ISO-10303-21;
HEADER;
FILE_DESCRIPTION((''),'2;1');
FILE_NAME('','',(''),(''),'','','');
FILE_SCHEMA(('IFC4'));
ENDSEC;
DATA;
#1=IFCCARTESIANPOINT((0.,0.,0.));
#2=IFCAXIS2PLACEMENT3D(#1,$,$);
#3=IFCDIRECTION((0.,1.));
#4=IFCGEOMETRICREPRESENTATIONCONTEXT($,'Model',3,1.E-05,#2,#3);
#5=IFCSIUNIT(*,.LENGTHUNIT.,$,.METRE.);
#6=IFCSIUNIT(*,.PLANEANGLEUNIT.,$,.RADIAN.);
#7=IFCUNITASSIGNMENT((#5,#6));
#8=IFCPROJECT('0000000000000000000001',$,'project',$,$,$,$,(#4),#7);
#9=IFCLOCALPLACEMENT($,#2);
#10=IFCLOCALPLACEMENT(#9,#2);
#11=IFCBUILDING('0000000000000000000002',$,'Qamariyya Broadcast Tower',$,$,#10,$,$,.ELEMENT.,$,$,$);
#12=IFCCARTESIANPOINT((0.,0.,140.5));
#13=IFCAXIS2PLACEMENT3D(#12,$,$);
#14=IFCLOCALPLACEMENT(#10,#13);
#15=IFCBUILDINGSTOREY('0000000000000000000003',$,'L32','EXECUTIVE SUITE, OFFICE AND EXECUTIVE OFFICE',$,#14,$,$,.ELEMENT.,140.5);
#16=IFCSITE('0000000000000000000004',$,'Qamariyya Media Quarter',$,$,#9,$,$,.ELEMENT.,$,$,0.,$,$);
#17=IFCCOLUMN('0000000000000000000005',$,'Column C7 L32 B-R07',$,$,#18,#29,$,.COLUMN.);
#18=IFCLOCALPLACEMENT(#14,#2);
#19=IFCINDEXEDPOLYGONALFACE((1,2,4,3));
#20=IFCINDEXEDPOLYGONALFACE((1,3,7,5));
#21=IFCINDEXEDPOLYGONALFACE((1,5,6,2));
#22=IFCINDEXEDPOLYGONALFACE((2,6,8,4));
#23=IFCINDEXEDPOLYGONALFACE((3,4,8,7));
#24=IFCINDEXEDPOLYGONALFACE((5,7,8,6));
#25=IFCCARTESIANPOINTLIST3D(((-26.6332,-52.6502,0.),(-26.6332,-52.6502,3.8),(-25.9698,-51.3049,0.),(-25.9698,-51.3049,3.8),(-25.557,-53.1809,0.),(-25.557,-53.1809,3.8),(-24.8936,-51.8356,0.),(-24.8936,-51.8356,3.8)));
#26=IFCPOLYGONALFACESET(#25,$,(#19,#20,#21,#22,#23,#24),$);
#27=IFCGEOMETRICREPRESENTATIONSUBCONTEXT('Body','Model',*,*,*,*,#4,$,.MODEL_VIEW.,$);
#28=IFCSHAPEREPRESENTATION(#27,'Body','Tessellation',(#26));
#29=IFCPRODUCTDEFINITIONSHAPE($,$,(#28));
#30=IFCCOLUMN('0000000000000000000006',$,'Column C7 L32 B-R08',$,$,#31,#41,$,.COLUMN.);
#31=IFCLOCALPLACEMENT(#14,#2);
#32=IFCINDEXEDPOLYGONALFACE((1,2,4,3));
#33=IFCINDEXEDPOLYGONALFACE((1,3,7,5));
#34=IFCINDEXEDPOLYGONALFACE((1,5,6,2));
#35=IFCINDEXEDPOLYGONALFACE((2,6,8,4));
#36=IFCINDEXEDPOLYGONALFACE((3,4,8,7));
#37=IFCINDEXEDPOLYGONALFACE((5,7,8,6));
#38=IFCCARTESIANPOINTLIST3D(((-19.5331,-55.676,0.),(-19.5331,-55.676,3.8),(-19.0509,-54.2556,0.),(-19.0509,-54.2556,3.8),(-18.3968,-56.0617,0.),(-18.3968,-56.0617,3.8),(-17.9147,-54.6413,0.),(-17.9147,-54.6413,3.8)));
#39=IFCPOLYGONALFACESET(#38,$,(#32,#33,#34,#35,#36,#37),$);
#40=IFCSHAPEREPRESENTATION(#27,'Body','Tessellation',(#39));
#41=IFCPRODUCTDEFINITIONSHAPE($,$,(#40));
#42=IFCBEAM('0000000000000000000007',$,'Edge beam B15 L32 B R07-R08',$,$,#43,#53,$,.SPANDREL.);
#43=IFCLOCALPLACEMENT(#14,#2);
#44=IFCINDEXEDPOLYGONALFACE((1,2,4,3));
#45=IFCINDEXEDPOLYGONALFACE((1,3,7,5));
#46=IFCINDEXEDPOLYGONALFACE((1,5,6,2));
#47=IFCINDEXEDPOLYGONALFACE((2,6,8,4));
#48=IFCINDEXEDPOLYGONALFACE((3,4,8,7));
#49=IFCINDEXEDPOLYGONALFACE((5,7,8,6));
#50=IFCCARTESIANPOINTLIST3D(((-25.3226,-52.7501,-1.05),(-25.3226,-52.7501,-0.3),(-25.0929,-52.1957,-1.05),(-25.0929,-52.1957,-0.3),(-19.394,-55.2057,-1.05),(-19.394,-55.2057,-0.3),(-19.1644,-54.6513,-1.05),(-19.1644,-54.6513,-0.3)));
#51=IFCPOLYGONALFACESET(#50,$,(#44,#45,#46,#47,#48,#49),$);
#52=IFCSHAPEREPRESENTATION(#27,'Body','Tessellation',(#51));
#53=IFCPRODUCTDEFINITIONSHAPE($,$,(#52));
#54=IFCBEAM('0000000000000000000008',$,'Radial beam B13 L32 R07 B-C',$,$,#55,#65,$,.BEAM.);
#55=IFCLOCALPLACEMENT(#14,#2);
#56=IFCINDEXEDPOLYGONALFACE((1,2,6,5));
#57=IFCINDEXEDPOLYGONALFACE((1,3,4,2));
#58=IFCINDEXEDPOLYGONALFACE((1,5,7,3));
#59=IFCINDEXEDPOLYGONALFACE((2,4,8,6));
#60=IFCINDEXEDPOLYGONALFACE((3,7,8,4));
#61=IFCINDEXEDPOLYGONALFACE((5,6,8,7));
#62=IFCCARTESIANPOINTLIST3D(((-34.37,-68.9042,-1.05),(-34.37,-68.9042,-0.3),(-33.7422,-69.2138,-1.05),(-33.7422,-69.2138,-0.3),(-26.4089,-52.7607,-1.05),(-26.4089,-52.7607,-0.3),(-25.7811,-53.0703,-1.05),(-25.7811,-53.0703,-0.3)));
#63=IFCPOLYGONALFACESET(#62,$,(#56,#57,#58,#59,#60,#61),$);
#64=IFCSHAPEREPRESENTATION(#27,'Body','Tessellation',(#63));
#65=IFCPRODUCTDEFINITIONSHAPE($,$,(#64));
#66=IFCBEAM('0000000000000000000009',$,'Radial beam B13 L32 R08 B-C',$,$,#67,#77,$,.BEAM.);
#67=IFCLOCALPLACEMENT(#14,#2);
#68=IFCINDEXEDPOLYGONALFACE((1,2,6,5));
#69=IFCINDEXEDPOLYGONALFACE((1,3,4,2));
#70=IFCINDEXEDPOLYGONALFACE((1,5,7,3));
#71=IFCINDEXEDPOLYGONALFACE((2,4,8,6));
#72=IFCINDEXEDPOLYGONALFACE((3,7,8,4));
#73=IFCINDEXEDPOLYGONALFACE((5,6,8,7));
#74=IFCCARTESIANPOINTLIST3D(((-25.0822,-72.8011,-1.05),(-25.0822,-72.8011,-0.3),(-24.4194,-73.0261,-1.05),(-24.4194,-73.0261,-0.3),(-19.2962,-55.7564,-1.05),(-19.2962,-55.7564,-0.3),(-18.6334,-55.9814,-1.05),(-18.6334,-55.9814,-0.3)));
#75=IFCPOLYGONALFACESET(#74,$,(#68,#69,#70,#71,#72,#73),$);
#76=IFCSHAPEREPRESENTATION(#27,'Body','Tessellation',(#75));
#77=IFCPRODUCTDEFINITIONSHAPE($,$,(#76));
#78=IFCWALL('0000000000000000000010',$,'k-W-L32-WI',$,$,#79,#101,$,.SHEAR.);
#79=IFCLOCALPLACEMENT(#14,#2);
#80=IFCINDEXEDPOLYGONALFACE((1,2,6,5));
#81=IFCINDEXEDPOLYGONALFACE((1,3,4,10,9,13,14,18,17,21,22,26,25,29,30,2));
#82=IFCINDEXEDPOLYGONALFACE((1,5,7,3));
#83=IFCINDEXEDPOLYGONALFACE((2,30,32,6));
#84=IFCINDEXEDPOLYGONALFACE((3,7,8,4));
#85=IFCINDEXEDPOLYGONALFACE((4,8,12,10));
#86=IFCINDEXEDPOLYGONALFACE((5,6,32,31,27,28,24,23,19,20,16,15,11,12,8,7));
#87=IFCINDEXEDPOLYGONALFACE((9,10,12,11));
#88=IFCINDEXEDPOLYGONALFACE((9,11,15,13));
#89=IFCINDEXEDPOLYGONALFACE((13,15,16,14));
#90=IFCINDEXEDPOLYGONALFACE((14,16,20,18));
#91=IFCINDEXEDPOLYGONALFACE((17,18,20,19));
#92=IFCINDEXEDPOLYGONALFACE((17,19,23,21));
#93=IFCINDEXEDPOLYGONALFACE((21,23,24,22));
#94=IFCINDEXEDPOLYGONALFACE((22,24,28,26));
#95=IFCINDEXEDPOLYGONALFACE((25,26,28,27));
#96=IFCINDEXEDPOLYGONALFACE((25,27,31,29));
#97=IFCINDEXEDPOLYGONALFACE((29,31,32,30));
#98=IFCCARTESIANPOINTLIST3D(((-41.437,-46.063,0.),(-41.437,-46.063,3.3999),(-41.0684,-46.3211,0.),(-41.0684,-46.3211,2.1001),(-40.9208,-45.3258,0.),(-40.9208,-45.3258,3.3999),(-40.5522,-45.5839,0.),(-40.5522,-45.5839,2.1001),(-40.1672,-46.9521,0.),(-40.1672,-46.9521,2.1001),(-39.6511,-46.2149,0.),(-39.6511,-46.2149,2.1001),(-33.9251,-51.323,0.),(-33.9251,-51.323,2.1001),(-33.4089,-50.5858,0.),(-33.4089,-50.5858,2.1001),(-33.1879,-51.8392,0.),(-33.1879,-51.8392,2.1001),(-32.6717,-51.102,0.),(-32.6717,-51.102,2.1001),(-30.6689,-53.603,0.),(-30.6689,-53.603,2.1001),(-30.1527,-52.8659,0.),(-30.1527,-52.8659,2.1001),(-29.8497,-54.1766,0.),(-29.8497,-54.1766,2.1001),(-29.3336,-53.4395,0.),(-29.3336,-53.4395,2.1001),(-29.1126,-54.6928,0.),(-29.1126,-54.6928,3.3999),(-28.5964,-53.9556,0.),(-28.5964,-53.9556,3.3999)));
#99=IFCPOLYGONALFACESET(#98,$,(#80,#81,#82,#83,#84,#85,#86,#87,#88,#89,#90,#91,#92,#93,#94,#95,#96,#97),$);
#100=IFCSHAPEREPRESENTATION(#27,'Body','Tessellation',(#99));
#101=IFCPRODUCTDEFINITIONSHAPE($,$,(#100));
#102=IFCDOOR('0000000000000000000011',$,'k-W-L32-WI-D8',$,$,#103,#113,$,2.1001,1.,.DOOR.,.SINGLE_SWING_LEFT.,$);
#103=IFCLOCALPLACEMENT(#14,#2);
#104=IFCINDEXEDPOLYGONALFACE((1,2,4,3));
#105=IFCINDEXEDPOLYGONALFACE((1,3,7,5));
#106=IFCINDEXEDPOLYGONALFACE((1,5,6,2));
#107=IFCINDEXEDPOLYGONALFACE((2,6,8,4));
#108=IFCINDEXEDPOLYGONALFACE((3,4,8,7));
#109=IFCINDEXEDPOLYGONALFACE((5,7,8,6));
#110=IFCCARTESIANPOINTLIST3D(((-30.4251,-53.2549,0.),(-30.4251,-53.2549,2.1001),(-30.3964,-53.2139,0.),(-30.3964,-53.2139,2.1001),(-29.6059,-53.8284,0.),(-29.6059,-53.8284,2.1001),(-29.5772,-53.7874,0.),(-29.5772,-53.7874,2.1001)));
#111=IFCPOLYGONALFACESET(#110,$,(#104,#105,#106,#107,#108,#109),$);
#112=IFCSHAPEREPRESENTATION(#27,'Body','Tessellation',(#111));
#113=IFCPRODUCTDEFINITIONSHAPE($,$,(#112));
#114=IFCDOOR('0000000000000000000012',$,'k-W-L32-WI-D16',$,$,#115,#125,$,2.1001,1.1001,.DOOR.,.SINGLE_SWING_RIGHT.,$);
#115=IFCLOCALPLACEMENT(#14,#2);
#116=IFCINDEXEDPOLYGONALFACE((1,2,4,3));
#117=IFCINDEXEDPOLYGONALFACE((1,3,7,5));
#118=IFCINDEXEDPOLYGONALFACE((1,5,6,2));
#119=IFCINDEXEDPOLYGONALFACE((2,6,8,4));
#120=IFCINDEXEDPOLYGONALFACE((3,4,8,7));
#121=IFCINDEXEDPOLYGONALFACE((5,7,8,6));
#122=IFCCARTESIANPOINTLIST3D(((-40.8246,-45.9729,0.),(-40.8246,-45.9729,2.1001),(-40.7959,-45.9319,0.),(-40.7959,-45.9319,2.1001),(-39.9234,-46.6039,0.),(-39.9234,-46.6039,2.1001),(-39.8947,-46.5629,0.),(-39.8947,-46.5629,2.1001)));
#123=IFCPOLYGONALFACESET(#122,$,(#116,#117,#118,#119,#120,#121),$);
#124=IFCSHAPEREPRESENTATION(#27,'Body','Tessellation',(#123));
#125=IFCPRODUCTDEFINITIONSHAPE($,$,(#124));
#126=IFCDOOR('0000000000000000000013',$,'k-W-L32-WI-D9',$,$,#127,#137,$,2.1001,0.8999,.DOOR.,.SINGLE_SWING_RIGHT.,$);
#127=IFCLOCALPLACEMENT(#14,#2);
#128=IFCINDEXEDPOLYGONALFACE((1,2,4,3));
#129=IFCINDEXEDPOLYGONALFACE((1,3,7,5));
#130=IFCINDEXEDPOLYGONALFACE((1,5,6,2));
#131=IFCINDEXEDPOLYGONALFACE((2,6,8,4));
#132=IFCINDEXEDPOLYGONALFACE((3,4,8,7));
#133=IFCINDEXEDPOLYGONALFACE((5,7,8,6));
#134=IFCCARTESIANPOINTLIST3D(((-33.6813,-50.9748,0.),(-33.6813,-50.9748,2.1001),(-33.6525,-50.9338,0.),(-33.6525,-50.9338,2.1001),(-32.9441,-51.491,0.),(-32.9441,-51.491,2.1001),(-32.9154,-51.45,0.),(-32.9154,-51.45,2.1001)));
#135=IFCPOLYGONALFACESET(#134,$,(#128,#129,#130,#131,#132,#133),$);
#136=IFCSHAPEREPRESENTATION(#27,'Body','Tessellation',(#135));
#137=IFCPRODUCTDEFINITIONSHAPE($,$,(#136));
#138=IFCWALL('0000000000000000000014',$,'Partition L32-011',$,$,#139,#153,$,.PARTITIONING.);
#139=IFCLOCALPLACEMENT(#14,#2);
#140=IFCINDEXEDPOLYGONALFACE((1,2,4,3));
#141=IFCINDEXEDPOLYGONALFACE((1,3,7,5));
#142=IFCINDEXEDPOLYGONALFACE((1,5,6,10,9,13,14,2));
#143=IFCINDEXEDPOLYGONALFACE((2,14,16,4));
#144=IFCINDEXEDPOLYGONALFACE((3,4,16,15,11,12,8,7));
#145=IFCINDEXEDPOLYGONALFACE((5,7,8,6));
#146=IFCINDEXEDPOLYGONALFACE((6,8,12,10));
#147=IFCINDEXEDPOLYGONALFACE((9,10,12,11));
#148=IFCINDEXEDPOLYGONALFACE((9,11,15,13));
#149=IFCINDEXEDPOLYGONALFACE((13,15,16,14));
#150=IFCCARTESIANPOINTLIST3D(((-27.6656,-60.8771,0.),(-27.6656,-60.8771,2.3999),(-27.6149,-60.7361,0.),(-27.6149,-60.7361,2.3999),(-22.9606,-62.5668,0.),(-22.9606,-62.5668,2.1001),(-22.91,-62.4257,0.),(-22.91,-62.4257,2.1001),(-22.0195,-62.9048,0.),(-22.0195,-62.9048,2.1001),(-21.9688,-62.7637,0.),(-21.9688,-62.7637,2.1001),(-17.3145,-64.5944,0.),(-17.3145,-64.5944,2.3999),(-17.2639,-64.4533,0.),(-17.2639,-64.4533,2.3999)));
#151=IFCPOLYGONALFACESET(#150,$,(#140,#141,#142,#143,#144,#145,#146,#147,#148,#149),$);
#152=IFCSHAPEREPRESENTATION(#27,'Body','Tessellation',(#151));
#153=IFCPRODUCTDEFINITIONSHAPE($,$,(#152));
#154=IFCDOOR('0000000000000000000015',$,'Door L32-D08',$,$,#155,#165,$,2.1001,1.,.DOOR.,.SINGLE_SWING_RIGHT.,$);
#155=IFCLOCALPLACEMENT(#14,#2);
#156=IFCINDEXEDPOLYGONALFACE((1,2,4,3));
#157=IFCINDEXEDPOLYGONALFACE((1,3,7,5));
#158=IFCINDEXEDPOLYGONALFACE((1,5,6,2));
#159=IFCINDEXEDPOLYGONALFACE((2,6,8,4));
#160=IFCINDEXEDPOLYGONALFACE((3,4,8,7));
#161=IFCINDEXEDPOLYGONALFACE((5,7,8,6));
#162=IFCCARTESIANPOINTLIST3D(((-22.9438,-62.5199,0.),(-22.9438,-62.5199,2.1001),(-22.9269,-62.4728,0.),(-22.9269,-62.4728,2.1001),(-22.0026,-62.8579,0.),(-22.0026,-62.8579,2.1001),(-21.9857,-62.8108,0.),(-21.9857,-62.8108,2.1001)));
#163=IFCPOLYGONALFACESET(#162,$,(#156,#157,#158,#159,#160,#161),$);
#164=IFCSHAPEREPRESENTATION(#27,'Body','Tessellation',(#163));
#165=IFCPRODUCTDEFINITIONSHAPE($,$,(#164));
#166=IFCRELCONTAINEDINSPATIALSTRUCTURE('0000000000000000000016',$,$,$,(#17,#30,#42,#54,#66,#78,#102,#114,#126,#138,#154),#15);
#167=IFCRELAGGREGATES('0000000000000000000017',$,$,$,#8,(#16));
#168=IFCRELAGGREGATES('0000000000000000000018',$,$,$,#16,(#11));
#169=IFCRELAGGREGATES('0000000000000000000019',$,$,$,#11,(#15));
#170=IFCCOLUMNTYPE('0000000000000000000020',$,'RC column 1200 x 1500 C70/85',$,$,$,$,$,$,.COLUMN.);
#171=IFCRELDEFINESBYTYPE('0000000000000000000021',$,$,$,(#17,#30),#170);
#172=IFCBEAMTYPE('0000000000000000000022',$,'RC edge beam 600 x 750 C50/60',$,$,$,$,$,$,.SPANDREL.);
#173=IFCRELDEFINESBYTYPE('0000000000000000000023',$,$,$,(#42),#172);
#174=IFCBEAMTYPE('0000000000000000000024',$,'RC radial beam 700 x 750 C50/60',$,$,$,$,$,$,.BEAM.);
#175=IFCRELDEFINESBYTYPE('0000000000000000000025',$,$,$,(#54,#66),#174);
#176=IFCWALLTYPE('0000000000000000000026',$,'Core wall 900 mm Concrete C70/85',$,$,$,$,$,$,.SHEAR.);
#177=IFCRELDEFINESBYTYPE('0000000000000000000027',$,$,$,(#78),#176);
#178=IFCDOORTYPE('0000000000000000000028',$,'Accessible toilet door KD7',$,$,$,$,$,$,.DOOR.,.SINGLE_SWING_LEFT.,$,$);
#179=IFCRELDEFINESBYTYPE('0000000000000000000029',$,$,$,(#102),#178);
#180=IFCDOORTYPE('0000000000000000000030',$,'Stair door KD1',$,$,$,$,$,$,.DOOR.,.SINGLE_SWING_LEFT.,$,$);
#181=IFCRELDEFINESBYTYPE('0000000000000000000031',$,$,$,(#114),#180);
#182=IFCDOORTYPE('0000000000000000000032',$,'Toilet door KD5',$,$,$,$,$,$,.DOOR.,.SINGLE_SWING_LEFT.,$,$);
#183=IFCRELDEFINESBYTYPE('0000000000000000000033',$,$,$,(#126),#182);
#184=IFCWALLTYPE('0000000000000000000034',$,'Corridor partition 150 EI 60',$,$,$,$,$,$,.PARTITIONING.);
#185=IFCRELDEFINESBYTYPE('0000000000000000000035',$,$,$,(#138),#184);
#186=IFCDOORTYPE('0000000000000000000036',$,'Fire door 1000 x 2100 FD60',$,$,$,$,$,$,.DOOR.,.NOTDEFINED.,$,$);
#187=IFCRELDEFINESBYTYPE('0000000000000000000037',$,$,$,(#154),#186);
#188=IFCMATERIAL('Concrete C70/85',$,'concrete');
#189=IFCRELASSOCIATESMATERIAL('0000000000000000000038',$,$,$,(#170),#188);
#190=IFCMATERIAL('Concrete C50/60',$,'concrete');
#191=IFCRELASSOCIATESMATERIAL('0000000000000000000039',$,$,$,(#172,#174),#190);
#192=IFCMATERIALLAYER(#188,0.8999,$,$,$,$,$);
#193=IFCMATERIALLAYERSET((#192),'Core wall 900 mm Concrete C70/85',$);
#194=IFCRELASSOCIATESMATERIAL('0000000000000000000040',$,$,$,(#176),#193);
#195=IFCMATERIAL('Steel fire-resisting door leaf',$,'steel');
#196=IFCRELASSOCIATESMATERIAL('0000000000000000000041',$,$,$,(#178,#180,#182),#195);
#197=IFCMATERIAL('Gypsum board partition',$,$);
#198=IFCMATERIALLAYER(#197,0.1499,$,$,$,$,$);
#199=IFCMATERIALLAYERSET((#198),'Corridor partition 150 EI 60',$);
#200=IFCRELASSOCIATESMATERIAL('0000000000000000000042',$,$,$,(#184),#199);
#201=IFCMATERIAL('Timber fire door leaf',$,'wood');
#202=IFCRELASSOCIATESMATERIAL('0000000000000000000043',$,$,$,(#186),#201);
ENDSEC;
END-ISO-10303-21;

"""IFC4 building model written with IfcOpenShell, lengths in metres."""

from ifc_helpers import new_model, si_unit, direction, frame, frame_2d, origin, origin_2d, place, context, subcontext, project, spatial, rectangle, extrude, material, layer, layer_set, material_profile, profile_set, type_object, element, fill, save


model = new_model("IFC4")

# Units and contexts
model_context = context("Model", 3, precision=1e-05, world=origin(), true_north=direction((0.0, 1.0)))
body_context = subcontext(model_context, "Body", "Model", "MODEL_VIEW")
ifc_project = project(units=[si_unit("LENGTHUNIT", "METRE"), si_unit("PLANEANGLEUNIT", "RADIAN")], contexts=[model_context])

# Site, building, storey
site_placement = place(None, origin())
site = spatial("IfcSite", under=ifc_project, at=site_placement, Name="Qamariyya Media Quarter", CompositionType="ELEMENT", RefElevation=0.0)
building_placement = place(site_placement, origin())
building = spatial("IfcBuilding", under=site, at=building_placement, Name="Qamariyya Broadcast Tower", CompositionType="ELEMENT")
storey_placement = place(building_placement, frame((0.0, 0.0, 140.5)))
storey = spatial("IfcBuildingStorey", under=building, at=storey_placement, Name="L32", Description="EXECUTIVE SUITE, OFFICE AND EXECUTIVE OFFICE", CompositionType="ELEMENT", Elevation=140.5)

# Columns
ifc_material_1 = material(Name="Concrete C70/85", Category="concrete")
ifc_material_profile_1 = material_profile(ifc_material_1, rectangle(XDim=1.2, YDim=1.5, at=origin_2d()))
ifc_profile_set_1 = profile_set([ifc_material_profile_1], Name="Concrete C70/85")
column_type = type_object("IfcColumnType", Name="RC column 1200 x 1500 C70/85", PredefinedType="COLUMN", material=ifc_profile_set_1)
for number, where, z_axis, x_axis, name in (
    (1, (-25.7634, -52.2429, 0.0), (0.0, 0.0, 1.0), (0.896873, -0.442289, 0.0), "Column C7 L32 B-R07"),
    (2, (-18.7239, -55.1587, 0.0), (0.0, 0.0, 1.0), (0.94693, -0.321439, 0.0), "Column C7 L32 B-R08"),
):
    element("IfcColumn", number, at=place(storey_placement, frame(where, z_axis=z_axis, x_axis=x_axis)), inside=storey, type_object=column_type, Name=name, PredefinedType="COLUMN", context=body_context, shape_type="SweptSolid", body=[
        extrude(rectangle(XDim=1.2, YDim=1.5, at=origin_2d()), origin(), (0.0, 0.0, 1.0), 3.8),
    ])

# Beams
ifc_material_2 = material(Name="Concrete C50/60", Category="concrete")
ifc_material_profile_2 = material_profile(ifc_material_2, rectangle(XDim=0.6001, YDim=0.75, at=origin_2d()))
ifc_profile_set_2 = profile_set([ifc_material_profile_2], Name="Concrete C50/60")
beam_type_1 = type_object("IfcBeamType", Name="RC edge beam 600 x 750 C50/60", PredefinedType="SPANDREL", material=ifc_profile_set_2)
beam_1_placement = place(storey_placement, frame((-25.2078, -52.4729, -0.675), z_axis=(0.923884, -0.382672, 0.0), x_axis=(0.382672, 0.923884, 0.0)))
element("IfcBeam", 3, at=beam_1_placement, inside=storey, type_object=beam_type_1, Name="Edge beam B15 L32 B R07-R08", PredefinedType="SPANDREL", context=body_context, shape_type="SweptSolid", body=[
    extrude(rectangle(XDim=0.6001, YDim=0.75, at=origin_2d()), origin(), (0.0, 0.0, 1.0), 6.417),
])
ifc_material_profile_3 = material_profile(ifc_material_2, rectangle(XDim=0.7, YDim=0.75, at=origin_2d()))
ifc_profile_set_3 = profile_set([ifc_material_profile_3], Name="Concrete C50/60")
beam_type_2 = type_object("IfcBeamType", Name="RC radial beam 700 x 750 C50/60", PredefinedType="BEAM", material=ifc_profile_set_3)
beam_2_placement = place(storey_placement, frame((-26.095, -52.9155, -0.675), z_axis=(-0.442291, -0.896871, 0.0), x_axis=(0.896871, -0.442291, 0.0)))
element("IfcBeam", 4, at=beam_2_placement, inside=storey, type_object=beam_type_2, Name="Radial beam B13 L32 R07 B-C", PredefinedType="BEAM", context=body_context, shape_type="SweptSolid", body=[
    extrude(rectangle(XDim=0.7, YDim=0.75, at=origin_2d()), origin(), (0.0, 0.0, 1.0), 17.9998),
])
beam_3_placement = place(storey_placement, frame((-18.9648, -55.8689, -0.675), z_axis=(-0.321439, -0.94693, 0.0), x_axis=(0.94693, -0.321439, 0.0)))
element("IfcBeam", 5, at=beam_3_placement, inside=storey, type_object=beam_type_2, Name="Radial beam B13 L32 R08 B-C", PredefinedType="BEAM", context=body_context, shape_type="SweptSolid", body=[
    extrude(rectangle(XDim=0.7, YDim=0.75, at=origin_2d()), origin(), (0.0, 0.0, 1.0), 18.0),
])

# Wall, openings, doors
ifc_layer_1 = layer(ifc_material_1, 0.8999)
ifc_layer_set_1 = layer_set([ifc_layer_1], Name="Core wall 900 mm Concrete C70/85")
wall_type_1 = type_object("IfcWallType", Name="Core wall 900 mm Concrete C70/85", PredefinedType="SHEAR", material=ifc_layer_set_1)
wall_1_placement = place(storey_placement, frame((-28.8545, -54.3242, 0.0), z_axis=(0.0, 0.0, 1.0), x_axis=(-0.819146, 0.573585, 0.0)))
wall_1 = element("IfcWall", 6, at=wall_1_placement, inside=storey, type_object=wall_type_1, Name="k-W-L32-WI", PredefinedType="SHEAR", context=body_context, shape_type="SweptSolid", body=[
    extrude(rectangle(XDim=15.0454, YDim=0.8999, at=frame_2d((7.5227, 0.0))), origin(), (0.0, 0.0, 1.0), 3.3999),
])
opening_1_placement = place(wall_1_placement, frame((0.8999, 0.0, 0.0)))
opening_1 = element("IfcOpeningElement", 7, at=opening_1_placement, cuts=wall_1, PredefinedType="OPENING", context=body_context, shape_type="SweptSolid", body=[
    extrude(rectangle(XDim=1.0, YDim=2.1001, at=frame_2d((0.5, 1.05))), frame((0.0, 0.46, 0.0), z_axis=(0.0, -1.0, 0.0), x_axis=(1.0, 0.0, 0.0)), (0.0, 0.0, 1.0), 0.9199),
])
opening_2_placement = place(wall_1_placement, frame((4.9751, 0.0, 0.0)))
opening_2 = element("IfcOpeningElement", 8, at=opening_2_placement, cuts=wall_1, PredefinedType="OPENING", context=body_context, shape_type="SweptSolid", body=[
    extrude(rectangle(XDim=0.8999, YDim=2.1001, at=frame_2d((0.45, 1.05))), frame((0.0, 0.46, 0.0), z_axis=(0.0, -1.0, 0.0), x_axis=(1.0, 0.0, 0.0)), (0.0, 0.0, 1.0), 0.9199),
])
opening_3_placement = place(wall_1_placement, frame((13.4954, 0.0, 0.0)))
opening_3 = element("IfcOpeningElement", 9, at=opening_3_placement, cuts=wall_1, PredefinedType="OPENING", context=body_context, shape_type="SweptSolid", body=[
    extrude(rectangle(XDim=1.1001, YDim=2.1001, at=frame_2d((0.55, 1.05))), frame((0.0, 0.46, 0.0), z_axis=(0.0, -1.0, 0.0), x_axis=(1.0, 0.0, 0.0)), (0.0, 0.0, 1.0), 0.9199),
])
ifc_material_3 = material(Name="Steel fire-resisting door leaf", Category="steel")
door_type_1 = type_object("IfcDoorType", Name="Accessible toilet door KD7", OperationType="SINGLE_SWING_LEFT", PredefinedType="DOOR", material=ifc_material_3)
door_1_placement = place(opening_1_placement, origin())
door_1 = element("IfcDoor", 10, at=door_1_placement, inside=storey, type_object=door_type_1, Name="k-W-L32-WI-D8", OperationType="SINGLE_SWING_LEFT", OverallHeight=2.1001, OverallWidth=1.0, PredefinedType="DOOR", context=body_context, shape_type="SweptSolid", body=[
    extrude(rectangle(XDim=1.0, YDim=2.1001, at=frame_2d((0.5, 1.05))), frame((0.0, 0.0249, 0.0), z_axis=(0.0, -1.0, 0.0), x_axis=(1.0, 0.0, 0.0)), (0.0, 0.0, 1.0), 0.05),
])
fill(opening_1, door_1)
door_type_2 = type_object("IfcDoorType", Name="Stair door KD1", OperationType="SINGLE_SWING_LEFT", PredefinedType="DOOR", material=ifc_material_3)
door_2_placement = place(opening_3_placement, origin())
door_2 = element("IfcDoor", 11, at=door_2_placement, inside=storey, type_object=door_type_2, Name="k-W-L32-WI-D16", OperationType="SINGLE_SWING_RIGHT", OverallHeight=2.1001, OverallWidth=1.1001, PredefinedType="DOOR", context=body_context, shape_type="SweptSolid", body=[
    extrude(rectangle(XDim=1.1001, YDim=2.1001, at=frame_2d((0.55, 1.05))), frame((0.0, 0.0249, 0.0), z_axis=(0.0, -1.0, 0.0), x_axis=(1.0, 0.0, 0.0)), (0.0, 0.0, 1.0), 0.05),
])
fill(opening_3, door_2)
door_type_3 = type_object("IfcDoorType", Name="Toilet door KD5", OperationType="SINGLE_SWING_LEFT", PredefinedType="DOOR", material=ifc_material_3)
door_3_placement = place(opening_2_placement, origin())
door_3 = element("IfcDoor", 12, at=door_3_placement, inside=storey, type_object=door_type_3, Name="k-W-L32-WI-D9", OperationType="SINGLE_SWING_RIGHT", OverallHeight=2.1001, OverallWidth=0.8999, PredefinedType="DOOR", context=body_context, shape_type="SweptSolid", body=[
    extrude(rectangle(XDim=0.8999, YDim=2.1001, at=frame_2d((0.45, 1.05))), frame((0.0, 0.0249, 0.0), z_axis=(0.0, -1.0, 0.0), x_axis=(1.0, 0.0, 0.0)), (0.0, 0.0, 1.0), 0.05),
])
fill(opening_2, door_3)

# Wall, opening, door
ifc_material_4 = material(Name="Gypsum board partition")
ifc_layer_2 = layer(ifc_material_4, 0.1499)
ifc_layer_set_2 = layer_set([ifc_layer_2], Name="Corridor partition 150 EI 60")
wall_type_2 = type_object("IfcWallType", Name="Corridor partition 150 EI 60", PredefinedType="PARTITIONING", material=ifc_layer_set_2)
wall_2_placement = place(storey_placement, frame((-27.6401, -60.8066, 0.0), z_axis=(0.0, 0.0, 1.0), x_axis=(0.941151, -0.337987, 0.0)))
wall_2 = element("IfcWall", 13, at=wall_2_placement, inside=storey, type_object=wall_type_2, Name="Partition L32-011", PredefinedType="PARTITIONING", context=body_context, shape_type="SweptSolid", body=[
    extrude(rectangle(XDim=10.9983, YDim=0.1499, at=frame_2d((5.499, 0.0))), origin(), (0.0, 0.0, 1.0), 2.3999),
])
opening_4_placement = place(wall_2_placement, frame((4.999, 0.0, 0.0)))
opening_4 = element("IfcOpeningElement", 14, at=opening_4_placement, cuts=wall_2, PredefinedType="OPENING", context=body_context, shape_type="SweptSolid", body=[
    extrude(rectangle(XDim=1.0, YDim=2.1001, at=frame_2d((0.5, 1.05))), frame((0.0, 0.085, 0.0), z_axis=(0.0, -1.0, 0.0), x_axis=(1.0, 0.0, 0.0)), (0.0, 0.0, 1.0), 0.1699),
])
ifc_material_5 = material(Name="Timber fire door leaf", Category="wood")
door_type_4 = type_object("IfcDoorType", Name="Fire door 1000 x 2100 FD60", OperationType="NOTDEFINED", PredefinedType="DOOR", material=ifc_material_5)
door_4_placement = place(opening_4_placement, origin())
door_4 = element("IfcDoor", 15, at=door_4_placement, inside=storey, type_object=door_type_4, Name="Door L32-D08", OperationType="SINGLE_SWING_RIGHT", OverallHeight=2.1001, OverallWidth=1.0, PredefinedType="DOOR", context=body_context, shape_type="SweptSolid", body=[
    extrude(rectangle(XDim=1.0, YDim=2.1001, at=frame_2d((0.5, 1.05))), frame((0.0, 0.0249, 0.0), z_axis=(0.0, -1.0, 0.0), x_axis=(1.0, 0.0, 0.0)), (0.0, 0.0, 1.0), 0.05),
])
fill(opening_4, door_4)

save(model, "model.ifc")
